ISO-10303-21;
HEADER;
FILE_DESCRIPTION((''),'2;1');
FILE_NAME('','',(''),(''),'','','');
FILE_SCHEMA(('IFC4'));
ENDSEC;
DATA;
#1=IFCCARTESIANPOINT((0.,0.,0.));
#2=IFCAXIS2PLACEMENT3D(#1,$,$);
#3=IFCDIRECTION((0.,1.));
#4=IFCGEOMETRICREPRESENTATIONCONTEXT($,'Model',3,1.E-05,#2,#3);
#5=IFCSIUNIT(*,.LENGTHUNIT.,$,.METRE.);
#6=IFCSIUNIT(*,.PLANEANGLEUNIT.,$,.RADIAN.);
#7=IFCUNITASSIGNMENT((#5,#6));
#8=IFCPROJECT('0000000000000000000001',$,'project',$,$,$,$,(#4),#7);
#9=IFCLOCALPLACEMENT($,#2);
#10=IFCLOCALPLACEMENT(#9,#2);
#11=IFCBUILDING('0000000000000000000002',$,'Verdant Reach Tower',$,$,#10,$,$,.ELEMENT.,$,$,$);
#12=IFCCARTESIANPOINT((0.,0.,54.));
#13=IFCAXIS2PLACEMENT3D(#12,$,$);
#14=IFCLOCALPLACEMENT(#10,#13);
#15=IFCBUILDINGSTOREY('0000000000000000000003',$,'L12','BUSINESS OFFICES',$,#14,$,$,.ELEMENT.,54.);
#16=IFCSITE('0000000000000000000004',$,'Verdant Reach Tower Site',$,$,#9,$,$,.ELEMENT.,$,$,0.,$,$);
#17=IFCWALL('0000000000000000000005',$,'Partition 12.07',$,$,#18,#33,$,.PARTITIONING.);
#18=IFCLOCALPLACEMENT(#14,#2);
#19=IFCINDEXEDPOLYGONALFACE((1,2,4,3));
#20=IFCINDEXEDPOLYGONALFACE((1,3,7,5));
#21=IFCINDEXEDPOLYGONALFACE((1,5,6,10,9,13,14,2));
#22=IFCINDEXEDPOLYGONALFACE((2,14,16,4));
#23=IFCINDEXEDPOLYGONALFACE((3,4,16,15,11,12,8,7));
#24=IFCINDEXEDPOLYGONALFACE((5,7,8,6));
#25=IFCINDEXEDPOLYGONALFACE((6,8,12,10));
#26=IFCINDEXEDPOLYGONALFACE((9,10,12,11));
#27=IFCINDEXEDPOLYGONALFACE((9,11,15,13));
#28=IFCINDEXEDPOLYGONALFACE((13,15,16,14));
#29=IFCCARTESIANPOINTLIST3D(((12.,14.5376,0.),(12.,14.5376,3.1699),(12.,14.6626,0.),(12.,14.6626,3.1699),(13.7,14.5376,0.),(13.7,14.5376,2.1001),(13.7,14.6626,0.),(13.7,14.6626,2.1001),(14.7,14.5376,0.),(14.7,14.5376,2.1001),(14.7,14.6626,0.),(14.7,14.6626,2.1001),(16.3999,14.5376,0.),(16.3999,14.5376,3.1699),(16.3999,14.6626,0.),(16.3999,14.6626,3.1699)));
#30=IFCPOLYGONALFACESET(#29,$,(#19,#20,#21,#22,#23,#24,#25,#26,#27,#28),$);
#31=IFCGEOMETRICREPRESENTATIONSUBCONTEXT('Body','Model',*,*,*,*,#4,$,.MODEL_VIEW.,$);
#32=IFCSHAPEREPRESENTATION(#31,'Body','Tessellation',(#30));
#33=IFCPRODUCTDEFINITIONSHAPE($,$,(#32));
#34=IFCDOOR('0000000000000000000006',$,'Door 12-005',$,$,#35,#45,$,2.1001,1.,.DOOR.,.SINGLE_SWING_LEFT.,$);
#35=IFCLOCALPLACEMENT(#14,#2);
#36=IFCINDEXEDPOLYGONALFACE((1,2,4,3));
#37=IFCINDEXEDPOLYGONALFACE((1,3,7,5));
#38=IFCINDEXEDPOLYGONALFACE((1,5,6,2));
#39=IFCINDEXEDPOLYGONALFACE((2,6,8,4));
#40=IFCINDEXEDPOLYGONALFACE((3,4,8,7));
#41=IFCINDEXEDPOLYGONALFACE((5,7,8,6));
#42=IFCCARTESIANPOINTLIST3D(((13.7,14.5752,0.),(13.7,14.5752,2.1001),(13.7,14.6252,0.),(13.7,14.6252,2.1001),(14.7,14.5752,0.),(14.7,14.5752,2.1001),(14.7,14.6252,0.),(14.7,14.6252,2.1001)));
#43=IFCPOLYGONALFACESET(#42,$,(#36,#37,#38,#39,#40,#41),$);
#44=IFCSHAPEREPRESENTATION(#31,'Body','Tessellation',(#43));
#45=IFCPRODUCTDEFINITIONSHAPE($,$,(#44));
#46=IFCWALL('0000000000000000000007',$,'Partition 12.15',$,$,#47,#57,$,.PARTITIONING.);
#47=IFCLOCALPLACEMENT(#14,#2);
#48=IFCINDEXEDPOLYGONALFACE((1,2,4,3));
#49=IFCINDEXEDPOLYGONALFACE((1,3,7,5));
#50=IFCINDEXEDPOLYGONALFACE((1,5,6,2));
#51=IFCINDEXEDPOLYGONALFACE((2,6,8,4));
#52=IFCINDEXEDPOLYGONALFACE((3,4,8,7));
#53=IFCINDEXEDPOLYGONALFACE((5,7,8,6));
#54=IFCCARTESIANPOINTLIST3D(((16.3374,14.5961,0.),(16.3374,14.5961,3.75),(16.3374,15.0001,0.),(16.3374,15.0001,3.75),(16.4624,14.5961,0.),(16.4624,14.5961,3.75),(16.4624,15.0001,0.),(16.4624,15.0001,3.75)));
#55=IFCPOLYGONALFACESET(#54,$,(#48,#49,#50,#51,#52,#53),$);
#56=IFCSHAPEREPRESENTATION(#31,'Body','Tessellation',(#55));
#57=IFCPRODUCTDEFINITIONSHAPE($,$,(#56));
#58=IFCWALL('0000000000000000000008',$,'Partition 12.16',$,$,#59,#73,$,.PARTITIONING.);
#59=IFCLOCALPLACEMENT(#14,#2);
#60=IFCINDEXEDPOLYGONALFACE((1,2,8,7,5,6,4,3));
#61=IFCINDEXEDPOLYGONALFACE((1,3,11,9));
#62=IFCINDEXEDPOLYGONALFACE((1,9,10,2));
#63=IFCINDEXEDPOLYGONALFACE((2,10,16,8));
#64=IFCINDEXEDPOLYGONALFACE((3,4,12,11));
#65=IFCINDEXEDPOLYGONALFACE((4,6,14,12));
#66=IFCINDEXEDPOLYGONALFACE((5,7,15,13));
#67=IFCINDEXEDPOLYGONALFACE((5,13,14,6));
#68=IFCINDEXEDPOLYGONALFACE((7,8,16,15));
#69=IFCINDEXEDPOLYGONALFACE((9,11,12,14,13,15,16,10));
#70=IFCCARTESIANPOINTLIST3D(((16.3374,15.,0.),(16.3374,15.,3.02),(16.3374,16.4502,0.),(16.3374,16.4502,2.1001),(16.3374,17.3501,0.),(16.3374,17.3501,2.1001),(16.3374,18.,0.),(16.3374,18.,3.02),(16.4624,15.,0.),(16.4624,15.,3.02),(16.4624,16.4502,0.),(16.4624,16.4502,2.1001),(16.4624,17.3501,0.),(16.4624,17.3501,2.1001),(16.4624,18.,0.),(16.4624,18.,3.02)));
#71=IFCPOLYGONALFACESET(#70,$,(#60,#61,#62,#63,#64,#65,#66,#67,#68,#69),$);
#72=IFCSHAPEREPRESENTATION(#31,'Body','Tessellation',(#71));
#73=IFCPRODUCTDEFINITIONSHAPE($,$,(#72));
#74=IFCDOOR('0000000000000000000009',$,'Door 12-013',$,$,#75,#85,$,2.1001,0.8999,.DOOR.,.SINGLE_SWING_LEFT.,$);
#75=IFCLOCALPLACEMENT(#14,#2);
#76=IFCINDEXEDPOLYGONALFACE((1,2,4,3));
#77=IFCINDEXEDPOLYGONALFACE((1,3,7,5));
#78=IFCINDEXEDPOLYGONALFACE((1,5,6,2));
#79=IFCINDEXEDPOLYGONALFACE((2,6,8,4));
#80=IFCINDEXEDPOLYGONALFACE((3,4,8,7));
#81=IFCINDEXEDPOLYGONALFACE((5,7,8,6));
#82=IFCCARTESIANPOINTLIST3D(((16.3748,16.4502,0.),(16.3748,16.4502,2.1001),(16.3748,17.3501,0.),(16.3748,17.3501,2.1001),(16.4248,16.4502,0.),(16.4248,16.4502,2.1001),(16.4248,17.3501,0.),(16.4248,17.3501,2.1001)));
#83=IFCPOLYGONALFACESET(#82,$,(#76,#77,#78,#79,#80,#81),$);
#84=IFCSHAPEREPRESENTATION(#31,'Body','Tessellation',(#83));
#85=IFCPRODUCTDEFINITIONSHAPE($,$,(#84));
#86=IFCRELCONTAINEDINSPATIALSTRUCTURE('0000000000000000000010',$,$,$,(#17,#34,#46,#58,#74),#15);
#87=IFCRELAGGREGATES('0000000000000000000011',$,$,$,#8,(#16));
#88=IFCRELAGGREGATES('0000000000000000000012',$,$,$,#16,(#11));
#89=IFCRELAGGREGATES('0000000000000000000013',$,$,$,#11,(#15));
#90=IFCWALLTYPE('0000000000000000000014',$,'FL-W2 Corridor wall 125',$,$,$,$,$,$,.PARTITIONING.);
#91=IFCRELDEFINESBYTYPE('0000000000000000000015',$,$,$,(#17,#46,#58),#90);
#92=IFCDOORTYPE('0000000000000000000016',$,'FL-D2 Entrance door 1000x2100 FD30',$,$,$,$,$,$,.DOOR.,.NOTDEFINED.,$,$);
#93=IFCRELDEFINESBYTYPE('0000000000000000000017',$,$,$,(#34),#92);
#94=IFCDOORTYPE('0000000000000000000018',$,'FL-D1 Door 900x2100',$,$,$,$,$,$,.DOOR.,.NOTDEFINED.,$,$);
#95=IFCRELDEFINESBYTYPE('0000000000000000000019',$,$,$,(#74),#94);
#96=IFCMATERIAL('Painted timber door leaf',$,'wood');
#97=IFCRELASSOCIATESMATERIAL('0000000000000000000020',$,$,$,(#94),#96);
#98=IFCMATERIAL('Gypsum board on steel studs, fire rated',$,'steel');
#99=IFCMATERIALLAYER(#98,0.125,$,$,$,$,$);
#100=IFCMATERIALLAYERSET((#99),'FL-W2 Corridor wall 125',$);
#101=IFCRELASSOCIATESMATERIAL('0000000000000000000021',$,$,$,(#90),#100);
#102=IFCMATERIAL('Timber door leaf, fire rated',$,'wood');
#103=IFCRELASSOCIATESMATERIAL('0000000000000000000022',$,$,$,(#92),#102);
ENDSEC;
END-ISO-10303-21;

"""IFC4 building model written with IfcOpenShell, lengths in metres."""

from ifc_helpers import new_model, si_unit, direction, frame, frame_2d, origin, place, context, subcontext, project, spatial, rectangle, extrude, material, layer, layer_set, type_object, element, fill, save


model = new_model("IFC4")

# Units and contexts
model_context = context("Model", 3, precision=1e-05, world=origin(), true_north=direction((0.0, 1.0)))
body_context = subcontext(model_context, "Body", "Model", "MODEL_VIEW")
ifc_project = project(units=[si_unit("LENGTHUNIT", "METRE"), si_unit("PLANEANGLEUNIT", "RADIAN")], contexts=[model_context])

# Site, building, storey
site_placement = place(None, origin())
site = spatial("IfcSite", under=ifc_project, at=site_placement, Name="Verdant Reach Tower Site", CompositionType="ELEMENT", RefElevation=0.0)
building_placement = place(site_placement, origin())
building = spatial("IfcBuilding", under=site, at=building_placement, Name="Verdant Reach Tower", CompositionType="ELEMENT")
storey_placement = place(building_placement, frame((0.0, 0.0, 54.0)))
storey = spatial("IfcBuildingStorey", under=building, at=storey_placement, Name="L12", Description="BUSINESS OFFICES", CompositionType="ELEMENT", Elevation=54.0)

# Shared definitions
ifc_material_1 = material(Name="Painted timber door leaf", Category="wood")
door_type_1 = type_object("IfcDoorType", Name="FL-D1 Door 900x2100", OperationType="NOTDEFINED", PredefinedType="DOOR", material=ifc_material_1)

# Wall, opening, door
ifc_material_2 = material(Name="Gypsum board on steel studs, fire rated", Category="steel")
ifc_layer_1 = layer(ifc_material_2, 0.125)
ifc_layer_set_1 = layer_set([ifc_layer_1], Name="FL-W2 Corridor wall 125")
wall_type_1 = type_object("IfcWallType", Name="FL-W2 Corridor wall 125", PredefinedType="PARTITIONING", material=ifc_layer_set_1)
wall_1_placement = place(storey_placement, frame((16.3999, 14.6001, 0.0), z_axis=(0.0, 0.0, 1.0), x_axis=(-1.0, 0.0, 0.0)))
wall_1 = element("IfcWall", 1, at=wall_1_placement, inside=storey, type_object=wall_type_1, Name="Partition 12.07", PredefinedType="PARTITIONING", context=body_context, shape_type="SweptSolid", body=[
    extrude(rectangle(XDim=4.3999, YDim=0.125, at=frame_2d((2.2, 0.0))), origin(), (0.0, 0.0, 1.0), 3.1699),
])
opening_1_placement = place(wall_1_placement, frame((1.7, 0.0, 0.0)))
opening_1 = element("IfcOpeningElement", 2, at=opening_1_placement, cuts=wall_1, PredefinedType="OPENING", context=body_context, shape_type="SweptSolid", body=[
    extrude(rectangle(XDim=1.0, YDim=2.1001, at=frame_2d((0.5, 1.05))), frame((0.0, 0.0725, 0.0), z_axis=(0.0, -1.0, 0.0), x_axis=(1.0, 0.0, 0.0)), (0.0, 0.0, 1.0), 0.145),
])
ifc_material_3 = material(Name="Timber door leaf, fire rated", Category="wood")
door_type_2 = type_object("IfcDoorType", Name="FL-D2 Entrance door 1000x2100 FD30", OperationType="NOTDEFINED", PredefinedType="DOOR", material=ifc_material_3)
door_1_placement = place(opening_1_placement, origin())
door_1 = element("IfcDoor", 3, at=door_1_placement, inside=storey, type_object=door_type_2, Name="Door 12-005", OperationType="SINGLE_SWING_LEFT", OverallHeight=2.1001, OverallWidth=1.0, PredefinedType="DOOR", context=body_context, shape_type="SweptSolid", body=[
    extrude(rectangle(XDim=1.0, YDim=2.1001, at=frame_2d((0.5, 1.05))), frame((0.0, 0.0249, 0.0), z_axis=(0.0, -1.0, 0.0), x_axis=(1.0, 0.0, 0.0)), (0.0, 0.0, 1.0), 0.05),
])
fill(opening_1, door_1)

# Wall
wall_2_placement = place(storey_placement, frame((16.3999, 14.5959, 0.0), z_axis=(0.0, 0.0, 1.0), x_axis=(0.0, 1.0, 0.0)))
element("IfcWall", 4, at=wall_2_placement, inside=storey, type_object=wall_type_1, Name="Partition 12.15", PredefinedType="PARTITIONING", context=body_context, shape_type="SweptSolid", body=[
    extrude(rectangle(XDim=0.4041, YDim=0.125, at=frame_2d((0.2021, 0.0))), origin(), (0.0, 0.0, 1.0), 3.75),
])

# Wall, opening, door
wall_3_placement = place(storey_placement, frame((16.3999, 18.0, 0.0), z_axis=(0.0, 0.0, 1.0), x_axis=(0.0, -1.0, 0.0)))
wall_3 = element("IfcWall", 5, at=wall_3_placement, inside=storey, type_object=wall_type_1, Name="Partition 12.16", PredefinedType="PARTITIONING", context=body_context, shape_type="SweptSolid", body=[
    extrude(rectangle(XDim=3.0, YDim=0.125, at=frame_2d((1.5, 0.0))), origin(), (0.0, 0.0, 1.0), 3.02),
])
opening_2_placement = place(wall_3_placement, frame((0.6499, 0.0, 0.0)))
opening_2 = element("IfcOpeningElement", 6, at=opening_2_placement, cuts=wall_3, PredefinedType="OPENING", context=body_context, shape_type="SweptSolid", body=[
    extrude(rectangle(XDim=0.8999, YDim=2.1001, at=frame_2d((0.45, 1.05))), frame((0.0, 0.0725, 0.0), z_axis=(0.0, -1.0, 0.0), x_axis=(1.0, 0.0, 0.0)), (0.0, 0.0, 1.0), 0.145),
])
door_2_placement = place(opening_2_placement, origin())
door_2 = element("IfcDoor", 7, at=door_2_placement, inside=storey, type_object=door_type_1, Name="Door 12-013", OperationType="SINGLE_SWING_LEFT", OverallHeight=2.1001, OverallWidth=0.8999, PredefinedType="DOOR", context=body_context, shape_type="SweptSolid", body=[
    extrude(rectangle(XDim=0.8999, YDim=2.1001, at=frame_2d((0.45, 1.05))), frame((0.0, 0.0249, 0.0), z_axis=(0.0, -1.0, 0.0), x_axis=(1.0, 0.0, 0.0)), (0.0, 0.0, 1.0), 0.05),
])
fill(opening_2, door_2)

save(model, "model.ifc")
